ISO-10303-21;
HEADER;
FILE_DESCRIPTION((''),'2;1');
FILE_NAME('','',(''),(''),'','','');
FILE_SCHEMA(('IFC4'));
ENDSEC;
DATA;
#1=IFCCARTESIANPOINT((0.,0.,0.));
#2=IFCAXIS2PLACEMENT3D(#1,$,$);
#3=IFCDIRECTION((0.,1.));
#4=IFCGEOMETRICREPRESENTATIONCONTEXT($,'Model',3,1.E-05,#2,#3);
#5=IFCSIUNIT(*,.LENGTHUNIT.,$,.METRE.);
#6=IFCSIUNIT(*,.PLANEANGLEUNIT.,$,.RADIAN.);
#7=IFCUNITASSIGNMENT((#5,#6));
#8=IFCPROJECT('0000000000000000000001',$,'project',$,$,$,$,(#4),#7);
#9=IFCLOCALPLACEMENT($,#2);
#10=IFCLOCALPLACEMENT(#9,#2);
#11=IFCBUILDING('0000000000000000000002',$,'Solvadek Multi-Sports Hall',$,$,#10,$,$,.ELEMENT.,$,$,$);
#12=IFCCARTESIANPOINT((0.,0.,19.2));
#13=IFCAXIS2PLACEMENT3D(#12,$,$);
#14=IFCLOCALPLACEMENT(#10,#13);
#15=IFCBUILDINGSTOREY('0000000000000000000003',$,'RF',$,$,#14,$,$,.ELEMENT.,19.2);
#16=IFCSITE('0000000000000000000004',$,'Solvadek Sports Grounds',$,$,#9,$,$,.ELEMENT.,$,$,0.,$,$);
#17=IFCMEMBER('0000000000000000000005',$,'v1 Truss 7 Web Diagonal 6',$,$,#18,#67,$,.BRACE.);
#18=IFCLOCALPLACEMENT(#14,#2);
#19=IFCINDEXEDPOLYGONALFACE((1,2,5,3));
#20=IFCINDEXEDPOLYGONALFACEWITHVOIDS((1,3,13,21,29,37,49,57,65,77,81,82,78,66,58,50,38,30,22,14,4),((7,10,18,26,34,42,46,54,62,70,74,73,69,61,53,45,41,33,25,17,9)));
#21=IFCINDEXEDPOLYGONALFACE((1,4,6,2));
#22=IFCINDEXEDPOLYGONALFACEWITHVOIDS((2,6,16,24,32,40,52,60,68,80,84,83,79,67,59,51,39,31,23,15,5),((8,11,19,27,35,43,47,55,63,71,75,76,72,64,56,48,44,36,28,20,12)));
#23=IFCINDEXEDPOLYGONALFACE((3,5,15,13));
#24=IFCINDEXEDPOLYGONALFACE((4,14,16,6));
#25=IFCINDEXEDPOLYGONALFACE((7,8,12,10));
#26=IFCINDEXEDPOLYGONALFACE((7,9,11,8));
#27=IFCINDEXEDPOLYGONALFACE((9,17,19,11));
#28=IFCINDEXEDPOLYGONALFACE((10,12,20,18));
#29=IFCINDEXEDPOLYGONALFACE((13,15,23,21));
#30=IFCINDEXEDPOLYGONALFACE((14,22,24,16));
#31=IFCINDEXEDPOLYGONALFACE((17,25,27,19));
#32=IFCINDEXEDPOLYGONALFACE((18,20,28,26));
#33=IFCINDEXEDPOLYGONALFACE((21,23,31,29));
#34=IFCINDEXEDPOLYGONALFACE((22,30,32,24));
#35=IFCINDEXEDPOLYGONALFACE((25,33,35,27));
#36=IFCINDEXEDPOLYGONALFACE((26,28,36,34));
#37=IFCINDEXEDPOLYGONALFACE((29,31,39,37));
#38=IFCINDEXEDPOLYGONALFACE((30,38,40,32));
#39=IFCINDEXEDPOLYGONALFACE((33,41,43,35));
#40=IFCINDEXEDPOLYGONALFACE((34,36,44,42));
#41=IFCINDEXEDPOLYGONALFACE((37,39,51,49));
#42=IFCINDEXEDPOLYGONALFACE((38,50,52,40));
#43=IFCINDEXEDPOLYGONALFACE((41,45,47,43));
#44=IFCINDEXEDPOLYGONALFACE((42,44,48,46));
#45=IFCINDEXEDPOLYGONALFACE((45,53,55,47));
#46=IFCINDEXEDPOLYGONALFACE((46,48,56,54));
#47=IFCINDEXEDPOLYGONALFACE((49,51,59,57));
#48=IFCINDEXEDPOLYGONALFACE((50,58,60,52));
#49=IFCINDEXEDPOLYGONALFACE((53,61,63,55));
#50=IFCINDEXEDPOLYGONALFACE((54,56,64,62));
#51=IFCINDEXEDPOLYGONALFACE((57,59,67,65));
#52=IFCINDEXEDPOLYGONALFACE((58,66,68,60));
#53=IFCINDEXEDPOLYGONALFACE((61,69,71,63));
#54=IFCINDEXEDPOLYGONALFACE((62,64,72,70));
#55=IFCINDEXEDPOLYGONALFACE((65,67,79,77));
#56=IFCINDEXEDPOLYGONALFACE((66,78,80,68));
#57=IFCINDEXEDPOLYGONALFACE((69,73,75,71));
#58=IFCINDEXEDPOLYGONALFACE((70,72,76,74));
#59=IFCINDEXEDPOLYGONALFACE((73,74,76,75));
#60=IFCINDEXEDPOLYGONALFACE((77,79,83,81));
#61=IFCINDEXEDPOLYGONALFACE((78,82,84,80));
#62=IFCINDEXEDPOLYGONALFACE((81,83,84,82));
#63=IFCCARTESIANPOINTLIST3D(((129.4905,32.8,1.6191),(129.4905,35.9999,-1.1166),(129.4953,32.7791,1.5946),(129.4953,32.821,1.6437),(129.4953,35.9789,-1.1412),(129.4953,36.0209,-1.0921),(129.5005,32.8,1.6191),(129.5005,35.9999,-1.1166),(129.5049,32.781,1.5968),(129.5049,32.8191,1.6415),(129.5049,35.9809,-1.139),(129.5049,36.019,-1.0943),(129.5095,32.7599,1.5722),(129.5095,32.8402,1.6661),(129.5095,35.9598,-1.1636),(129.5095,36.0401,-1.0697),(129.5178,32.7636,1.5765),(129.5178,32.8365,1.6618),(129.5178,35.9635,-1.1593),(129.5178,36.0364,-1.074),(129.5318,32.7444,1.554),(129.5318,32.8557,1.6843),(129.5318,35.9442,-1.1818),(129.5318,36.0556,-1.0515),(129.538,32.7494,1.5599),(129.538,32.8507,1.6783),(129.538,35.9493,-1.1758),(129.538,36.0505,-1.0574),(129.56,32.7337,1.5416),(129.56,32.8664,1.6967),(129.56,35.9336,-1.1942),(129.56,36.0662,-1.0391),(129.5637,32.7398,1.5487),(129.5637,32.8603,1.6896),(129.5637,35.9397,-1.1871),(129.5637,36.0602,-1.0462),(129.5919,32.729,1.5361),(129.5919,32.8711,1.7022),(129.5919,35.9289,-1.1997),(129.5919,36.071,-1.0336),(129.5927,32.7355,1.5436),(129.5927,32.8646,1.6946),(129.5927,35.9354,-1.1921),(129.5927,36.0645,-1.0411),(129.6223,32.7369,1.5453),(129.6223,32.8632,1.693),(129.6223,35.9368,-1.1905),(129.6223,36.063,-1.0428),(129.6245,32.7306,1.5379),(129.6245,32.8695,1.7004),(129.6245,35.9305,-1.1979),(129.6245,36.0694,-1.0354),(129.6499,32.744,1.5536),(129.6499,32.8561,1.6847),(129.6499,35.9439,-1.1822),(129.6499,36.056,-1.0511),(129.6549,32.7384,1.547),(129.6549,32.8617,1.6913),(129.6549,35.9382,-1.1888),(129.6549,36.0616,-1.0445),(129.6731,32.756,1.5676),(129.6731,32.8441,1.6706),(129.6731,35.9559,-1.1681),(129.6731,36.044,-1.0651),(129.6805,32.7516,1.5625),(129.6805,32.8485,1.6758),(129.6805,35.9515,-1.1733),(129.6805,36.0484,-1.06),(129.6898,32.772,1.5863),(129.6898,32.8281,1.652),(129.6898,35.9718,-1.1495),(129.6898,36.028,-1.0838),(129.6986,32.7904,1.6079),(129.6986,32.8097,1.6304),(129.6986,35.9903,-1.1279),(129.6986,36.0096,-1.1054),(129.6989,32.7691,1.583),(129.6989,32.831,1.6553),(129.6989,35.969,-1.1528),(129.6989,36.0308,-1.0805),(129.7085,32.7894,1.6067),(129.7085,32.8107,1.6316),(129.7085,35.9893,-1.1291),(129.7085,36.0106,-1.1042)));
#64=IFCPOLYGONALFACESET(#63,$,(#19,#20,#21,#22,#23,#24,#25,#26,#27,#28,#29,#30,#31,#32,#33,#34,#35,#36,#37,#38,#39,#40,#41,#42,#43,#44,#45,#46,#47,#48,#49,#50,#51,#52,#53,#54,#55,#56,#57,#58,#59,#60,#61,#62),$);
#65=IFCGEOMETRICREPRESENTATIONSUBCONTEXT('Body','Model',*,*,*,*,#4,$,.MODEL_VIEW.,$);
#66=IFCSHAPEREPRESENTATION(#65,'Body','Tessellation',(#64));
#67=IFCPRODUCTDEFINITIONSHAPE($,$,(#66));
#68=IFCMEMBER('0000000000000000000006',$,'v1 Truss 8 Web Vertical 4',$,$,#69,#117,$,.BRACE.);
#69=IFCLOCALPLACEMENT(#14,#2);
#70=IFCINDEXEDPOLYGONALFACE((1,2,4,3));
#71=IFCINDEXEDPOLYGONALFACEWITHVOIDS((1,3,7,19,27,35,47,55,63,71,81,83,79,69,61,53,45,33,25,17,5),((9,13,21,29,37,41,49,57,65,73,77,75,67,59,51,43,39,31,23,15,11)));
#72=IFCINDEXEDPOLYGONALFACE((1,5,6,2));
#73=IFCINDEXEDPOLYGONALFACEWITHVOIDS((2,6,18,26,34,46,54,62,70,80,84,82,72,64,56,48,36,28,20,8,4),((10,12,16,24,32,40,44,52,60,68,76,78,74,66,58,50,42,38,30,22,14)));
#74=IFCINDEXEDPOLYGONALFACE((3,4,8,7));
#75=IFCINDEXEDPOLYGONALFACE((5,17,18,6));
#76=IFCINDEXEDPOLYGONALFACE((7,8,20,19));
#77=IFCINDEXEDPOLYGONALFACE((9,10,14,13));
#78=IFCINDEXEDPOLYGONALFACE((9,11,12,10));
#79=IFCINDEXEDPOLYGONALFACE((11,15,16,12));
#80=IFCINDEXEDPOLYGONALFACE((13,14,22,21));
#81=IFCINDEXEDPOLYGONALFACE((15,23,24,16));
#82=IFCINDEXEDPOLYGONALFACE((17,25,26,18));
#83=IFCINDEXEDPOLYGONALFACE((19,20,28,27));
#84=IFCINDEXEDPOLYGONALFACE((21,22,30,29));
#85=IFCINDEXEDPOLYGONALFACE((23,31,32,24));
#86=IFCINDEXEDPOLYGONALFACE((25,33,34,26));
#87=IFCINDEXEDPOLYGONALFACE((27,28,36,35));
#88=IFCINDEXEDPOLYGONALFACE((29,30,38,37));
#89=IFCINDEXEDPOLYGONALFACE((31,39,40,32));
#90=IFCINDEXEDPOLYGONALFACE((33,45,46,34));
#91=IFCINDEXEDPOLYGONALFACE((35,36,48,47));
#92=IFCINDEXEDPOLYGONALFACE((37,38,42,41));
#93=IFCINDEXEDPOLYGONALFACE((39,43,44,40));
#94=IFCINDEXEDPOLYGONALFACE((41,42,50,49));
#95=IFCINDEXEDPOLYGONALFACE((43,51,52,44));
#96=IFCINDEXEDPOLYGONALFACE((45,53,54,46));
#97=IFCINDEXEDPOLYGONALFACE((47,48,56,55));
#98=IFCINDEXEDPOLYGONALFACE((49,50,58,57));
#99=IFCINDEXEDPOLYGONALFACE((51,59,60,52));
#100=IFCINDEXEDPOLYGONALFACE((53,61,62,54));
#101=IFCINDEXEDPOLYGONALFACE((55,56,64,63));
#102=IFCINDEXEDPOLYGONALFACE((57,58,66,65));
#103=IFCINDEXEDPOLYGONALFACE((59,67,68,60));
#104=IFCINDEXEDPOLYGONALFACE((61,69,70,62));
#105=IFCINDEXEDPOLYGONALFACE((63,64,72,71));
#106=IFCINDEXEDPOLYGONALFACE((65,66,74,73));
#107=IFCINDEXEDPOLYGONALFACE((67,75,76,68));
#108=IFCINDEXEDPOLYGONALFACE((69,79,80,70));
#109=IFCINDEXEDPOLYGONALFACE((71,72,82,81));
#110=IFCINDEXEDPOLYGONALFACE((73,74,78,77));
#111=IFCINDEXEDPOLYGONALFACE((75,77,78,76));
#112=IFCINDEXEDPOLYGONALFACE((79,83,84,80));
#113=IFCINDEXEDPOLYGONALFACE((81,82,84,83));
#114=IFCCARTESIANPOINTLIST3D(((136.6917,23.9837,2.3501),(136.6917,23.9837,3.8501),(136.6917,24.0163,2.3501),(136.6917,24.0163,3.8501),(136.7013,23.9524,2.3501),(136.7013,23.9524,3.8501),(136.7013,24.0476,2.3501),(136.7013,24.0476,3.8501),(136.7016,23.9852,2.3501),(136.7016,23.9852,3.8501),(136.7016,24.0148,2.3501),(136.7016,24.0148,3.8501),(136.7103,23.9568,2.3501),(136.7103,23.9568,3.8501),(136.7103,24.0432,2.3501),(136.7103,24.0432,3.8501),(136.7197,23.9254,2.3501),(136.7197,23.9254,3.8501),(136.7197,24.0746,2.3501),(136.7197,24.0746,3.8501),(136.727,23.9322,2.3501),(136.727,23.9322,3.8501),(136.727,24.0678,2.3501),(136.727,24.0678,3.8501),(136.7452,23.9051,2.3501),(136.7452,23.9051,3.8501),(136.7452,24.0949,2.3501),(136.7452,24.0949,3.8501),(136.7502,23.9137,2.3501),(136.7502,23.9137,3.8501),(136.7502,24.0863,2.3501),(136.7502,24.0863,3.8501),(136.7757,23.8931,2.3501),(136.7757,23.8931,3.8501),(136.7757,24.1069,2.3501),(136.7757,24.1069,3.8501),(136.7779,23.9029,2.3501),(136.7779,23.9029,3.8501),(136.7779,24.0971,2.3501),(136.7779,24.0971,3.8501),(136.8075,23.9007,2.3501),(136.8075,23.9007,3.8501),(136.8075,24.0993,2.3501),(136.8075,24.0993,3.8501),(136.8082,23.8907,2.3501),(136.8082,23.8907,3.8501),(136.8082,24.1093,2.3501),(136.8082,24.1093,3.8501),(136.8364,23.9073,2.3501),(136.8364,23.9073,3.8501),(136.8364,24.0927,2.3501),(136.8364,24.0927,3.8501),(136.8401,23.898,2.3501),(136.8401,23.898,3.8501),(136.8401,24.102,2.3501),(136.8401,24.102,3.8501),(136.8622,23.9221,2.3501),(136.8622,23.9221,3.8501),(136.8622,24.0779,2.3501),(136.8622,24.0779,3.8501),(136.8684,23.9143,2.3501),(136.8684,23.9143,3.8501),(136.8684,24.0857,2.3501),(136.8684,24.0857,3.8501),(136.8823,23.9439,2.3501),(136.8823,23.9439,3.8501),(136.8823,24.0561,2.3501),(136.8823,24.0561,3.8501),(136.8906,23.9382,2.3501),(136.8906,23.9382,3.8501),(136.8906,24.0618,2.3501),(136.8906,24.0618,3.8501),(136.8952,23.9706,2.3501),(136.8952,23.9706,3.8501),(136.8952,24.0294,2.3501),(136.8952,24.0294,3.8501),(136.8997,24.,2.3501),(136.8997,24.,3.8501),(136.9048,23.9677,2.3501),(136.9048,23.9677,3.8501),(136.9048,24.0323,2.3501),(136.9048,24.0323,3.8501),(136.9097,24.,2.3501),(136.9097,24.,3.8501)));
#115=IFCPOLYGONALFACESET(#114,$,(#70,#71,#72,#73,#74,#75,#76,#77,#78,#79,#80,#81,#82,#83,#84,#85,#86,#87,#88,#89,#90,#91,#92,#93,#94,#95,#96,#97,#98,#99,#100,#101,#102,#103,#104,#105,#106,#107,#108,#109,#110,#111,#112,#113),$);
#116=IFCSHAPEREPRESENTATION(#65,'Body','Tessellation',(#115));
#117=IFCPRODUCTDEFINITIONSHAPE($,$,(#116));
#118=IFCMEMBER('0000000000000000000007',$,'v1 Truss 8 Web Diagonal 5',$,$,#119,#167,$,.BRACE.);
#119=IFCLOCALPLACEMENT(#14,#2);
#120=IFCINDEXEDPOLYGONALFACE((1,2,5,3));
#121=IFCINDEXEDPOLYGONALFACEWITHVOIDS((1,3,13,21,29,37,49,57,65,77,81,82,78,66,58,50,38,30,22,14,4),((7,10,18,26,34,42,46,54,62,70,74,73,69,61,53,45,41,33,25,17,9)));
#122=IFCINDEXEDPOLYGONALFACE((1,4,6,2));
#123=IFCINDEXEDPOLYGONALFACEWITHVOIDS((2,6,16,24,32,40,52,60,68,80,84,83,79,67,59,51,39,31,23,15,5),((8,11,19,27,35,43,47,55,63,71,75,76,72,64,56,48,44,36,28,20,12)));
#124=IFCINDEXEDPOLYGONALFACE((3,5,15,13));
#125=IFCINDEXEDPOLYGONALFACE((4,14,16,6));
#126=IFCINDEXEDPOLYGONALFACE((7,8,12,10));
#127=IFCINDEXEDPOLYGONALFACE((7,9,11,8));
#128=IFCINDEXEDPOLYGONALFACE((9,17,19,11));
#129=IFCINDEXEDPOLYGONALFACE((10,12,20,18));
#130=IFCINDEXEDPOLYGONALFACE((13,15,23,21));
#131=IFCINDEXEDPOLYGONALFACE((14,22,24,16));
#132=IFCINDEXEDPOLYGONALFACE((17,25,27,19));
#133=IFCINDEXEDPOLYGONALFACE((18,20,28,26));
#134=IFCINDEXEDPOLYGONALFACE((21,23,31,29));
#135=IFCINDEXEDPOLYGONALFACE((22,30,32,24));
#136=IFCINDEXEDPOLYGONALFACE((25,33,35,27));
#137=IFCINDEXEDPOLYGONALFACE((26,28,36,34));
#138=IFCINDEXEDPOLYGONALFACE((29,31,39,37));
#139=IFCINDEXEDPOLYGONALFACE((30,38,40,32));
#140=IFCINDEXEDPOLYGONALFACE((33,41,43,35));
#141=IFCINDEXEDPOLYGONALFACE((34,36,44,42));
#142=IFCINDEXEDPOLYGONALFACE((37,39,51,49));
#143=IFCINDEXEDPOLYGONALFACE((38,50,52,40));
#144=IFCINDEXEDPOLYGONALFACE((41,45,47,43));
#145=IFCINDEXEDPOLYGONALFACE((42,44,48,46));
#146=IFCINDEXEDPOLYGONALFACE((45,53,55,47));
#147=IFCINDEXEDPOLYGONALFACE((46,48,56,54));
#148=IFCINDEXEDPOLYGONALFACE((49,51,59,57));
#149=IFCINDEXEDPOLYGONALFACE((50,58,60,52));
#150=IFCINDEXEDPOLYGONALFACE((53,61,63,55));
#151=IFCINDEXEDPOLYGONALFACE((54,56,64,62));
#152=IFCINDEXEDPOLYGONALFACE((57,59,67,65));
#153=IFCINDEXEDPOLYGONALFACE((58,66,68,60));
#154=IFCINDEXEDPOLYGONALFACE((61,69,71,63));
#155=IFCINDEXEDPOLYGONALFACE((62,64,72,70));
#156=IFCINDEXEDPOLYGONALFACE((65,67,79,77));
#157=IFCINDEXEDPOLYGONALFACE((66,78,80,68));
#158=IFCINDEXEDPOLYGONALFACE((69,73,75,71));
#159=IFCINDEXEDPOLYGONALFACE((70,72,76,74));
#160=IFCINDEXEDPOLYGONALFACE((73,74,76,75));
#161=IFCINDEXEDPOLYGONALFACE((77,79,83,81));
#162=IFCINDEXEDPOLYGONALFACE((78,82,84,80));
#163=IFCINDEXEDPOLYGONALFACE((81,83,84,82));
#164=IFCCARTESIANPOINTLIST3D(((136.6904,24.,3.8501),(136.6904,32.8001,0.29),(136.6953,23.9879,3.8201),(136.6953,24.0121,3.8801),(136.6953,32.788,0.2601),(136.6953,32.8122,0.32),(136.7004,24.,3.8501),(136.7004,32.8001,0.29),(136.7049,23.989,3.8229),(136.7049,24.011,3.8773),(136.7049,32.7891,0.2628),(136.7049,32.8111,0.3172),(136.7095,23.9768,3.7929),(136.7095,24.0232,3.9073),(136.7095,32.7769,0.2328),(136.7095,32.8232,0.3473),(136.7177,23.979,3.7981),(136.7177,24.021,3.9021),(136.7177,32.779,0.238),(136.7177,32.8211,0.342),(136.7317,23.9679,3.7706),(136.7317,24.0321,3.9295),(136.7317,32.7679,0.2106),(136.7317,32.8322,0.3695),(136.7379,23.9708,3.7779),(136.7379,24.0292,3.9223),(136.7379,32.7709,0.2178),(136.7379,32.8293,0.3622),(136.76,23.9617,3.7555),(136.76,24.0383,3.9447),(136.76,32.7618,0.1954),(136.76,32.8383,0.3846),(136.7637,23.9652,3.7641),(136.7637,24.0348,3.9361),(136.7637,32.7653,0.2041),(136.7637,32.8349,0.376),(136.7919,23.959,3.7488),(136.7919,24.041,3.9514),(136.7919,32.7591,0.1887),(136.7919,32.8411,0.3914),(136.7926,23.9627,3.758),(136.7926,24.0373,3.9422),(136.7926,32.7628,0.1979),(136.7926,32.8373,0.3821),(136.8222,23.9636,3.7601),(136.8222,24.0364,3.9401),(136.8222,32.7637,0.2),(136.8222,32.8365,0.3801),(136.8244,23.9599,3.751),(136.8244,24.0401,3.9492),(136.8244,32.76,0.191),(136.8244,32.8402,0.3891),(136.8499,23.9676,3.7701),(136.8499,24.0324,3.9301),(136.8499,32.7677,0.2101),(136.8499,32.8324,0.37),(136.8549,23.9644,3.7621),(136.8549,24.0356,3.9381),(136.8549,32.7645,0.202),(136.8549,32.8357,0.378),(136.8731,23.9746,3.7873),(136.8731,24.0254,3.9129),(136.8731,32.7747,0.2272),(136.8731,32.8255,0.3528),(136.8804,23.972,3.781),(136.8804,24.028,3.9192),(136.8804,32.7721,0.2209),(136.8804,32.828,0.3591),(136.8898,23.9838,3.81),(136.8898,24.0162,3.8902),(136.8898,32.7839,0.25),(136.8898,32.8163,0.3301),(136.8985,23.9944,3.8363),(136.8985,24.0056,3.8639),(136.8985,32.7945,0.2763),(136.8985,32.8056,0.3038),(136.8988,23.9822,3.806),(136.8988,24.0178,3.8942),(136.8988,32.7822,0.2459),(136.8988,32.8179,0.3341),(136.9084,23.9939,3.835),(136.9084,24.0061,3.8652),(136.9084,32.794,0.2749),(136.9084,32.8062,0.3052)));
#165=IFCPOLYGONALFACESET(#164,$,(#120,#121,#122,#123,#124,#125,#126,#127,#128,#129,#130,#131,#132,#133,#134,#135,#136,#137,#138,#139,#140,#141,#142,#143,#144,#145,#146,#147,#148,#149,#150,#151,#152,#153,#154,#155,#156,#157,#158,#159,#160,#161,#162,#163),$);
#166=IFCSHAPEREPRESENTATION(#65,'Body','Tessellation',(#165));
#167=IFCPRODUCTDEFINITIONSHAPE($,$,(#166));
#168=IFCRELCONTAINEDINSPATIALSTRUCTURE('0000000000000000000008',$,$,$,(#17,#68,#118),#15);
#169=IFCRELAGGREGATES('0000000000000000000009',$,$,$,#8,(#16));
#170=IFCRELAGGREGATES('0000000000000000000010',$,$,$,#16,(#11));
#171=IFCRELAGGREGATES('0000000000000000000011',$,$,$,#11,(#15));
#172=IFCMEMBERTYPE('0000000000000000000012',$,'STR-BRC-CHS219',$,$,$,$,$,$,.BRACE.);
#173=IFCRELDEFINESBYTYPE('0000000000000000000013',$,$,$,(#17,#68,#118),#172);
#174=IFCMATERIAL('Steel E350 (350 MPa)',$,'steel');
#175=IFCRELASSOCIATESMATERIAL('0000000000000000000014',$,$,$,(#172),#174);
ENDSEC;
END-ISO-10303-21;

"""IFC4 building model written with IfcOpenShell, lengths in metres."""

from ifc_helpers import new_model, si_unit, direction, frame, origin, origin_2d, place, context, subcontext, project, spatial, hollow_circle, extrude, material, material_profile, profile_set, type_object, element, save


model = new_model("IFC4")

# Units and contexts
model_context = context("Model", 3, precision=1e-05, world=origin(), true_north=direction((0.0, 1.0)))
body_context = subcontext(model_context, "Body", "Model", "MODEL_VIEW")
ifc_project = project(units=[si_unit("LENGTHUNIT", "METRE"), si_unit("PLANEANGLEUNIT", "RADIAN")], contexts=[model_context])

# Site, building, storey
site_placement = place(None, origin())
site = spatial("IfcSite", under=ifc_project, at=site_placement, Name="Solvadek Sports Grounds", CompositionType="ELEMENT", RefElevation=0.0)
building_placement = place(site_placement, origin())
building = spatial("IfcBuilding", under=site, at=building_placement, Name="Solvadek Multi-Sports Hall", CompositionType="ELEMENT")
storey_placement = place(building_placement, frame((0.0, 0.0, 19.2)))
storey = spatial("IfcBuildingStorey", under=building, at=storey_placement, Name="RF", CompositionType="ELEMENT", Elevation=19.2)

# Members
ifc_material_1 = material(Name="Steel E350 (350 MPa)", Category="steel")
ifc_material_profile_1 = material_profile(ifc_material_1, hollow_circle(Radius=0.1096, WallThickness=0.01, at=origin_2d()), Name="CHS 219.1x10")
ifc_profile_set_1 = profile_set([ifc_material_profile_1], Name="Steel E350 (350 MPa)")
member_type_1 = type_object("IfcMemberType", Name="STR-BRC-CHS219", PredefinedType="BRACE", material=ifc_profile_set_1)
member_1_placement = place(storey_placement, frame((129.6001, 32.8, 1.6191), z_axis=(0.0, 0.760075, -0.649836), x_axis=(-1.0, 0.0, 0.0)))
element("IfcMember", 1, at=member_1_placement, inside=storey, type_object=member_type_1, Name="v1 Truss 7 Web Diagonal 6", PredefinedType="BRACE", context=body_context, shape_type="SweptSolid", body=[
    extrude(hollow_circle(Radius=0.1096, WallThickness=0.01, at=origin_2d()), origin(), (0.0, 0.0, 1.0), 4.21),
])
member_2_placement = place(storey_placement, frame((136.8, 24.0, 2.3501), z_axis=(0.0, 0.0, 1.0), x_axis=(1.0, 0.0, 0.0)))
element("IfcMember", 2, at=member_2_placement, inside=storey, type_object=member_type_1, Name="v1 Truss 8 Web Vertical 4", PredefinedType="BRACE", context=body_context, shape_type="SweptSolid", body=[
    extrude(hollow_circle(Radius=0.1096, WallThickness=0.01, at=origin_2d()), origin(), (0.0, 0.0, 1.0), 1.5),
])
member_3_placement = place(storey_placement, frame((136.8, 24.0, 3.8501), z_axis=(0.0, 0.927015, -0.375024), x_axis=(-1.0, 0.0, 0.0)))
element("IfcMember", 3, at=member_3_placement, inside=storey, type_object=member_type_1, Name="v1 Truss 8 Web Diagonal 5", PredefinedType="BRACE", context=body_context, shape_type="SweptSolid", body=[
    extrude(hollow_circle(Radius=0.1096, WallThickness=0.01, at=origin_2d()), origin(), (0.0, 0.0, 1.0), 9.4929),
])

save(model, "model.ifc")
